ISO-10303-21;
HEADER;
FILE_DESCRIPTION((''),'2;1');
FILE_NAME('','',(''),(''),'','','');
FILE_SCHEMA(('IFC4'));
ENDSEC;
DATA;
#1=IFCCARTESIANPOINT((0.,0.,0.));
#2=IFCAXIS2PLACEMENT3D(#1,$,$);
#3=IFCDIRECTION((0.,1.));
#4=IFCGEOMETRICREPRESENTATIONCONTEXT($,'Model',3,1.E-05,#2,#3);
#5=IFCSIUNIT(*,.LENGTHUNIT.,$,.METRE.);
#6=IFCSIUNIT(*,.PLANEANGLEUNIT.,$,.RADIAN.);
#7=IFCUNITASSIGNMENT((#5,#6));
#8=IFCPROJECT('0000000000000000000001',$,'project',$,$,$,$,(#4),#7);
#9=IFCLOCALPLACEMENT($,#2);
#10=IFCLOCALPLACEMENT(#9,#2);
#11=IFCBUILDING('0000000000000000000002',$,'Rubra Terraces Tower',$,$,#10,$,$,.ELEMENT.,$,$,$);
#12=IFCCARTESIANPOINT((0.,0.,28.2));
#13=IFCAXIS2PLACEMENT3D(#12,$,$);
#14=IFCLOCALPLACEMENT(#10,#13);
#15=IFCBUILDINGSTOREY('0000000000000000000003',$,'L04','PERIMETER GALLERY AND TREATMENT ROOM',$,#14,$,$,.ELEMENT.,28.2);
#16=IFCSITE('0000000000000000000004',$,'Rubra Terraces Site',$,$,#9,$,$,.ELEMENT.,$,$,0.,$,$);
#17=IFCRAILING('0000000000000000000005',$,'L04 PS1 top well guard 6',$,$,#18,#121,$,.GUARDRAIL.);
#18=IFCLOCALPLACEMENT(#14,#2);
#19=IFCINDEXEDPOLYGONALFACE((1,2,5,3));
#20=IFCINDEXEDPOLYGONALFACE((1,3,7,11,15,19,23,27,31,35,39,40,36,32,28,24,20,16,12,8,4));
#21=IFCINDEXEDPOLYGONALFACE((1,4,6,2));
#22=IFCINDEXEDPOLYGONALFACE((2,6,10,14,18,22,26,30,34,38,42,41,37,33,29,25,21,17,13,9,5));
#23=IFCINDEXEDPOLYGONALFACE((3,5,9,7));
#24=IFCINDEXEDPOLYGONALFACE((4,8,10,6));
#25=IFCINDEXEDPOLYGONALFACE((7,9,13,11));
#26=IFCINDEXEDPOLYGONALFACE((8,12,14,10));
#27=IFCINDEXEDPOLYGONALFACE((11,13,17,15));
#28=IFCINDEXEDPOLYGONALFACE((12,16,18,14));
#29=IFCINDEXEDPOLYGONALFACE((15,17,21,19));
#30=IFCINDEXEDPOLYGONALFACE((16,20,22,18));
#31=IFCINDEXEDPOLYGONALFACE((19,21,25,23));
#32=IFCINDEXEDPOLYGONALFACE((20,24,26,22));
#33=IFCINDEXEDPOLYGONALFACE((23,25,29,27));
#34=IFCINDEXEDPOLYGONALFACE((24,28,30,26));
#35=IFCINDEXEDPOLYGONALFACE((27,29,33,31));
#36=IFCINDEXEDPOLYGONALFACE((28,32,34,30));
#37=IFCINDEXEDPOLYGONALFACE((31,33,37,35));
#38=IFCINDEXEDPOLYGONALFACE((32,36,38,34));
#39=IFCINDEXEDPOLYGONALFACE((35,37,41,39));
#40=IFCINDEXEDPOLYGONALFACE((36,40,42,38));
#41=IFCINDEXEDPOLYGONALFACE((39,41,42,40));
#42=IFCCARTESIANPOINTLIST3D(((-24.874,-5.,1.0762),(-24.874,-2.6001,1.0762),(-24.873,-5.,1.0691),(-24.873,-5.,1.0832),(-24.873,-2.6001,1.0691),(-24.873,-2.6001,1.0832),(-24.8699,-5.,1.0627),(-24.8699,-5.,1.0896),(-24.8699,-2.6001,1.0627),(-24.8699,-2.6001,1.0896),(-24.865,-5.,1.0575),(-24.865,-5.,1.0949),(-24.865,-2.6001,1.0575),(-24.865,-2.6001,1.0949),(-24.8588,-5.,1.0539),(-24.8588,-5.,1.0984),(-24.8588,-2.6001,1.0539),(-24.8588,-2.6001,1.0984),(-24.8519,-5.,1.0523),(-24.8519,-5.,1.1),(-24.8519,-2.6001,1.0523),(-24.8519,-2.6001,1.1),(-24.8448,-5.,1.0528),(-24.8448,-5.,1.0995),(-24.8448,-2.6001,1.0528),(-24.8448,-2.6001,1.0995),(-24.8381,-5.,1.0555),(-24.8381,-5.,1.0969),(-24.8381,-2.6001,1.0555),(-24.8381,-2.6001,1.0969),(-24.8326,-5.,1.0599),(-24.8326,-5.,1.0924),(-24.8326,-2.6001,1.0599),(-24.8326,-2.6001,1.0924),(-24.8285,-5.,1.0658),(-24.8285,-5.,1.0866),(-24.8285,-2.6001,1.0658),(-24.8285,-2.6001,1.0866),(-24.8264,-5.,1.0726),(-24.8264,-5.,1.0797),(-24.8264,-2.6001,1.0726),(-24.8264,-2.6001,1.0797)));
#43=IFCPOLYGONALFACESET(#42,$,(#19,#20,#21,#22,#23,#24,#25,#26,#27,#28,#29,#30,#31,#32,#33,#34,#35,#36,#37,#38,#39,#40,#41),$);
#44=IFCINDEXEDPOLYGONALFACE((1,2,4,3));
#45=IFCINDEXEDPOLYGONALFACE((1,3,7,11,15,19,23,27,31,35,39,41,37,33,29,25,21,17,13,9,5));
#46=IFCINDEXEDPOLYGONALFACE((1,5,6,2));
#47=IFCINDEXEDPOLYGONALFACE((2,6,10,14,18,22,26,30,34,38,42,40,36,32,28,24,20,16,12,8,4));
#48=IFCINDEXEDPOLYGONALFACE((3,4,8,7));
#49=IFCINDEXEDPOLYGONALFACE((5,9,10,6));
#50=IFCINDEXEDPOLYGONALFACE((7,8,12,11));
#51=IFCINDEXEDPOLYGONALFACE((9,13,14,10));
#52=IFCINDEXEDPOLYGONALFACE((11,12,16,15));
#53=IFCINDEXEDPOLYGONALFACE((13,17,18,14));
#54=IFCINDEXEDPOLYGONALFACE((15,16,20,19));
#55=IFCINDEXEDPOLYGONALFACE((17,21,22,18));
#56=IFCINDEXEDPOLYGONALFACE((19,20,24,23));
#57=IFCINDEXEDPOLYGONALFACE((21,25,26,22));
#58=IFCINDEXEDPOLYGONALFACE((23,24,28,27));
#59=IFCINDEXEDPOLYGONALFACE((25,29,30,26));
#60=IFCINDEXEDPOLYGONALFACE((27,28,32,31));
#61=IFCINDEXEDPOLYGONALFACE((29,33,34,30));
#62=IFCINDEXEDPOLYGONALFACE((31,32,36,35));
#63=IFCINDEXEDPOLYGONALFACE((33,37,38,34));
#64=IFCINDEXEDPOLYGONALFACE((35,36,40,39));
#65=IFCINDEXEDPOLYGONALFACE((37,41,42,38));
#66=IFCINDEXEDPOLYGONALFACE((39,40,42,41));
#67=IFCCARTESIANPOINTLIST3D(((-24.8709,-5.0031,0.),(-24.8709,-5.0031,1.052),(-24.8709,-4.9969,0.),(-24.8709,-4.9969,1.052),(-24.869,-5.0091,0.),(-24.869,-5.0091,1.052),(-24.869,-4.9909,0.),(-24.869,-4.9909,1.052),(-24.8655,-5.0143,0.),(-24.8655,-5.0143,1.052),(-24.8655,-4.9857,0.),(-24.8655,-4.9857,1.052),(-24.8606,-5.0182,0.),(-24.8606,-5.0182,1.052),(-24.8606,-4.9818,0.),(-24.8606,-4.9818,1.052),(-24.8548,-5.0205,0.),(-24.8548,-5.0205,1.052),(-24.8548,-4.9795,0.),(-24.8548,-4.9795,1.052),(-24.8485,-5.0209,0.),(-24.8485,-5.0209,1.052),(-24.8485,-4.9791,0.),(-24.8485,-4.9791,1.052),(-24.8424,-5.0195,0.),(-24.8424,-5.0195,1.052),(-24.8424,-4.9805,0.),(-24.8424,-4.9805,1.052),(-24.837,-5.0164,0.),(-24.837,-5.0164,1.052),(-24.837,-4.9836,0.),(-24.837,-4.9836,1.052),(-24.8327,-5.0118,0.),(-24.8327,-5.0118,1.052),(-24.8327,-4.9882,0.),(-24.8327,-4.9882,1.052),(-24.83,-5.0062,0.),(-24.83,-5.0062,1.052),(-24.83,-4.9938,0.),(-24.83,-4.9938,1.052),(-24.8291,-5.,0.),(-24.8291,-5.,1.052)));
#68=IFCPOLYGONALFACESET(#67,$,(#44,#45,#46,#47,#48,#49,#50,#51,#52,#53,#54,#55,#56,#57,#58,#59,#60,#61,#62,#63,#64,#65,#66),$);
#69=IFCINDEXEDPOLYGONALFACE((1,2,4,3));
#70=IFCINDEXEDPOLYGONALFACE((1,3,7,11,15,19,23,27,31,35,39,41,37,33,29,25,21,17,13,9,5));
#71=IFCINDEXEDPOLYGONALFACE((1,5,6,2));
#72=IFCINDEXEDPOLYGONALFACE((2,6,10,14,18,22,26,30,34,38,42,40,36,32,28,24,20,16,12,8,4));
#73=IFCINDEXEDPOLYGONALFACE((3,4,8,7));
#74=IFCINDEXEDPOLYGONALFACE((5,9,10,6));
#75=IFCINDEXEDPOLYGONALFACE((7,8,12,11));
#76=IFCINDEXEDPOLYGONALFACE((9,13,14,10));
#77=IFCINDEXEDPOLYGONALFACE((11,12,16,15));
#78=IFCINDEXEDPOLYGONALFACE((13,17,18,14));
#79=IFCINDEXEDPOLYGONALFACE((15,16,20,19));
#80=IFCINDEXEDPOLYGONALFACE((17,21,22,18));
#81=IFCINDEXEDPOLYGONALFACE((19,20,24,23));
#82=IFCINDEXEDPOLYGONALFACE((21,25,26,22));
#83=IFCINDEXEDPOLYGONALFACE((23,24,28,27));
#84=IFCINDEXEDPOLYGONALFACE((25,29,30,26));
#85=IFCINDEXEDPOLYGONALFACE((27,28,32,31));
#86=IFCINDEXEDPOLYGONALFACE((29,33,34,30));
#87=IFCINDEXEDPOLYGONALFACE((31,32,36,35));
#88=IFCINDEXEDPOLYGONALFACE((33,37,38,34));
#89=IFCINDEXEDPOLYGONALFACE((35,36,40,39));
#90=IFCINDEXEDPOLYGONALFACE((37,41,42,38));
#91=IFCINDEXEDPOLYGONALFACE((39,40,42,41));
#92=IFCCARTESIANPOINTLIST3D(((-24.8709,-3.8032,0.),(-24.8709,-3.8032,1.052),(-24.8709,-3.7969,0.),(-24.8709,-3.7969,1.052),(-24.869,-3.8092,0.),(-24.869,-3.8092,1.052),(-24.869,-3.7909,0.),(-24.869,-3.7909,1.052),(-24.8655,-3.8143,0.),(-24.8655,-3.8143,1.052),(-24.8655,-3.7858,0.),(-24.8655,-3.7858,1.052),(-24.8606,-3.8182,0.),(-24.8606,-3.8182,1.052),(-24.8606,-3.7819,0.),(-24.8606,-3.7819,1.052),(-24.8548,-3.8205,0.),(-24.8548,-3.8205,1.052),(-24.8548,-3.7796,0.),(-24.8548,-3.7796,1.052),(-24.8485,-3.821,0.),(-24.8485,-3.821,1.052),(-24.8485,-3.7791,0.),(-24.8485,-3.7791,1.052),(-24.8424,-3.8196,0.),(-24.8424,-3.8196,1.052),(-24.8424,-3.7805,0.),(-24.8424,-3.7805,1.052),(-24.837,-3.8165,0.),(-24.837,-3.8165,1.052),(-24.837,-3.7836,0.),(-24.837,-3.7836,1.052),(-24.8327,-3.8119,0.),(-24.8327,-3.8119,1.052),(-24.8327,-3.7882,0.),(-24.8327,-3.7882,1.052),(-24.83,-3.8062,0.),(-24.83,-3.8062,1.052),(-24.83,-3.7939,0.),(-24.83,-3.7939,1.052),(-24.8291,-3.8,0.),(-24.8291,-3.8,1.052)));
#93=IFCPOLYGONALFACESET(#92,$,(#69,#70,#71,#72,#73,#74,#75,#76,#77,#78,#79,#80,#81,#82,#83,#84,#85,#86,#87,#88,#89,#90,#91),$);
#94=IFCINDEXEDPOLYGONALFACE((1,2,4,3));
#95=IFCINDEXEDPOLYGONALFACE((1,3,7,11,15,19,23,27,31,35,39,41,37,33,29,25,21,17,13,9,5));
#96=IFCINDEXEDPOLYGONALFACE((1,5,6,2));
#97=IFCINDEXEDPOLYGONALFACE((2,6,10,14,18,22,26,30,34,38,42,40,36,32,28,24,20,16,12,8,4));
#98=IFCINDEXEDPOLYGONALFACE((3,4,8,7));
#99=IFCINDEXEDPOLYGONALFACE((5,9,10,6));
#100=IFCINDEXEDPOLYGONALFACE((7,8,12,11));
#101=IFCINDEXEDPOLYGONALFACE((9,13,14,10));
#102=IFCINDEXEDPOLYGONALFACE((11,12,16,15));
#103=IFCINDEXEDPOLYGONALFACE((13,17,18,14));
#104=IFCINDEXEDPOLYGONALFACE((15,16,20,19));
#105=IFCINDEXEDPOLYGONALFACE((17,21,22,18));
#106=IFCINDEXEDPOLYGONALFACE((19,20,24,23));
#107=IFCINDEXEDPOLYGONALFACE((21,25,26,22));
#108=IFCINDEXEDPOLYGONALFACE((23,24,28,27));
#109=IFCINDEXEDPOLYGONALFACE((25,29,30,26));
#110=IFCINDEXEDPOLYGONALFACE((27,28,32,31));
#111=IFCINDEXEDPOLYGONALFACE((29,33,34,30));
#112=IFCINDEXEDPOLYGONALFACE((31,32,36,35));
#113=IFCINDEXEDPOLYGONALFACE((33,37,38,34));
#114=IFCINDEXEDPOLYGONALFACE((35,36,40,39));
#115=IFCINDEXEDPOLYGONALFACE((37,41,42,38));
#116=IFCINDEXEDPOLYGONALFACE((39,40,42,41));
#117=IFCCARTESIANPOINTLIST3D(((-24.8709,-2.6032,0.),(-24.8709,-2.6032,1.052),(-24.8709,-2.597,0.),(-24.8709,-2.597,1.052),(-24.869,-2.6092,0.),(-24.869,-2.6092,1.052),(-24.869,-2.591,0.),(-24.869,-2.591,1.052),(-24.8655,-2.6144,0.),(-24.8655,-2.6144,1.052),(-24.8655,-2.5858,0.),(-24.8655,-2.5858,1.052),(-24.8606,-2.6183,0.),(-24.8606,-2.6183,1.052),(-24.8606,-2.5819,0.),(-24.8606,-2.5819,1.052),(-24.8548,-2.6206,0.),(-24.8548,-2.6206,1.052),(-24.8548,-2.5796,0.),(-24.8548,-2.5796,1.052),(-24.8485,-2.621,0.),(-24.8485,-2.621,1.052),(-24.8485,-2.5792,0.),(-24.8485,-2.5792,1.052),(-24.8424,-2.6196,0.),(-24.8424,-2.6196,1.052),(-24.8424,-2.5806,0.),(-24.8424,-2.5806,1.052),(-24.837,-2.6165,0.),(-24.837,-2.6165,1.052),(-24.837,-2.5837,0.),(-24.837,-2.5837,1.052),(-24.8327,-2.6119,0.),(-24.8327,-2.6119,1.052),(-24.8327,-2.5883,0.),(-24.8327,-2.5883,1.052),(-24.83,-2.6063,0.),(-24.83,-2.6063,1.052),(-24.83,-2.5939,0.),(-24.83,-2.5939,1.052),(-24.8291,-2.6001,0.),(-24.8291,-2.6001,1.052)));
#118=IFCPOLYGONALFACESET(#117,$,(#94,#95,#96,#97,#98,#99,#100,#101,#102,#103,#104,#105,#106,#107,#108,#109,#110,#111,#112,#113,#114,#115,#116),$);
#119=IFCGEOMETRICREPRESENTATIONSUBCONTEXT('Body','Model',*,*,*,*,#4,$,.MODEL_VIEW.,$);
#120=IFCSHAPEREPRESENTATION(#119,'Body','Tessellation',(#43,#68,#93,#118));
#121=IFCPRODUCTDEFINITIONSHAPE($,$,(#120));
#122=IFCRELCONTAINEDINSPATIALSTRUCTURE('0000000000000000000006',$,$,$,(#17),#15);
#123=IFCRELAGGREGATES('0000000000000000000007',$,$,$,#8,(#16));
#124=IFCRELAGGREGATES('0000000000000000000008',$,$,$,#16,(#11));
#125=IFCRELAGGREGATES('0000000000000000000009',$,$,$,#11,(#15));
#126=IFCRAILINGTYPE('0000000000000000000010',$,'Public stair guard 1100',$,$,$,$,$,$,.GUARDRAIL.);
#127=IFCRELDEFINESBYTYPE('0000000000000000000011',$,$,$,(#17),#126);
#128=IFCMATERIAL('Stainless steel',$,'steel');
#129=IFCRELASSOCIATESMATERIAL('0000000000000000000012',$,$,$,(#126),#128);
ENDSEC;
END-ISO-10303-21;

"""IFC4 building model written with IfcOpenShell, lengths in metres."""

from ifc_helpers import new_model, si_unit, direction, frame, origin, origin_2d, place, context, subcontext, project, spatial, circle, extrude, material, type_object, element, save


model = new_model("IFC4")

# Units and contexts
model_context = context("Model", 3, precision=1e-05, world=origin(), true_north=direction((0.0, 1.0)))
body_context = subcontext(model_context, "Body", "Model", "MODEL_VIEW")
ifc_project = project(units=[si_unit("LENGTHUNIT", "METRE"), si_unit("PLANEANGLEUNIT", "RADIAN")], contexts=[model_context])

# Site, building, storey
site_placement = place(None, origin())
site = spatial("IfcSite", under=ifc_project, at=site_placement, Name="Rubra Terraces Site", CompositionType="ELEMENT", RefElevation=0.0)
building_placement = place(site_placement, origin())
building = spatial("IfcBuilding", under=site, at=building_placement, Name="Rubra Terraces Tower", CompositionType="ELEMENT")
storey_placement = place(building_placement, frame((0.0, 0.0, 28.2)))
storey = spatial("IfcBuildingStorey", under=building, at=storey_placement, Name="L04", Description="PERIMETER GALLERY AND TREATMENT ROOM", CompositionType="ELEMENT", Elevation=28.2)

# Railing
ifc_material_1 = material(Name="Stainless steel", Category="steel")
railing_type = type_object("IfcRailingType", Name="Public stair guard 1100", PredefinedType="GUARDRAIL", material=ifc_material_1)
railing_1_placement = place(storey_placement, frame((-24.8501, -5.0, 0.0)))
element("IfcRailing", 1, at=railing_1_placement, inside=storey, type_object=railing_type, Name="L04 PS1 top well guard 6", PredefinedType="GUARDRAIL", context=body_context, shape_type="SweptSolid", body=[
    extrude(circle(Radius=0.0239, at=origin_2d()), frame((0.0, 0.0, 1.0762), z_axis=(0.0, 1.0, 0.0), x_axis=(-1.0, 0.0, 0.0)), (0.0, 0.0, 1.0), 2.3999),
    extrude(circle(Radius=0.021, at=origin_2d()), origin(), (0.0, 0.0, 1.0), 1.052),
    extrude(circle(Radius=0.021, at=origin_2d()), frame((0.0, 1.2, 0.0)), (0.0, 0.0, 1.0), 1.052),
    extrude(circle(Radius=0.021, at=origin_2d()), frame((0.0, 2.3999, 0.0)), (0.0, 0.0, 1.0), 1.052),
])

save(model, "model.ifc")
